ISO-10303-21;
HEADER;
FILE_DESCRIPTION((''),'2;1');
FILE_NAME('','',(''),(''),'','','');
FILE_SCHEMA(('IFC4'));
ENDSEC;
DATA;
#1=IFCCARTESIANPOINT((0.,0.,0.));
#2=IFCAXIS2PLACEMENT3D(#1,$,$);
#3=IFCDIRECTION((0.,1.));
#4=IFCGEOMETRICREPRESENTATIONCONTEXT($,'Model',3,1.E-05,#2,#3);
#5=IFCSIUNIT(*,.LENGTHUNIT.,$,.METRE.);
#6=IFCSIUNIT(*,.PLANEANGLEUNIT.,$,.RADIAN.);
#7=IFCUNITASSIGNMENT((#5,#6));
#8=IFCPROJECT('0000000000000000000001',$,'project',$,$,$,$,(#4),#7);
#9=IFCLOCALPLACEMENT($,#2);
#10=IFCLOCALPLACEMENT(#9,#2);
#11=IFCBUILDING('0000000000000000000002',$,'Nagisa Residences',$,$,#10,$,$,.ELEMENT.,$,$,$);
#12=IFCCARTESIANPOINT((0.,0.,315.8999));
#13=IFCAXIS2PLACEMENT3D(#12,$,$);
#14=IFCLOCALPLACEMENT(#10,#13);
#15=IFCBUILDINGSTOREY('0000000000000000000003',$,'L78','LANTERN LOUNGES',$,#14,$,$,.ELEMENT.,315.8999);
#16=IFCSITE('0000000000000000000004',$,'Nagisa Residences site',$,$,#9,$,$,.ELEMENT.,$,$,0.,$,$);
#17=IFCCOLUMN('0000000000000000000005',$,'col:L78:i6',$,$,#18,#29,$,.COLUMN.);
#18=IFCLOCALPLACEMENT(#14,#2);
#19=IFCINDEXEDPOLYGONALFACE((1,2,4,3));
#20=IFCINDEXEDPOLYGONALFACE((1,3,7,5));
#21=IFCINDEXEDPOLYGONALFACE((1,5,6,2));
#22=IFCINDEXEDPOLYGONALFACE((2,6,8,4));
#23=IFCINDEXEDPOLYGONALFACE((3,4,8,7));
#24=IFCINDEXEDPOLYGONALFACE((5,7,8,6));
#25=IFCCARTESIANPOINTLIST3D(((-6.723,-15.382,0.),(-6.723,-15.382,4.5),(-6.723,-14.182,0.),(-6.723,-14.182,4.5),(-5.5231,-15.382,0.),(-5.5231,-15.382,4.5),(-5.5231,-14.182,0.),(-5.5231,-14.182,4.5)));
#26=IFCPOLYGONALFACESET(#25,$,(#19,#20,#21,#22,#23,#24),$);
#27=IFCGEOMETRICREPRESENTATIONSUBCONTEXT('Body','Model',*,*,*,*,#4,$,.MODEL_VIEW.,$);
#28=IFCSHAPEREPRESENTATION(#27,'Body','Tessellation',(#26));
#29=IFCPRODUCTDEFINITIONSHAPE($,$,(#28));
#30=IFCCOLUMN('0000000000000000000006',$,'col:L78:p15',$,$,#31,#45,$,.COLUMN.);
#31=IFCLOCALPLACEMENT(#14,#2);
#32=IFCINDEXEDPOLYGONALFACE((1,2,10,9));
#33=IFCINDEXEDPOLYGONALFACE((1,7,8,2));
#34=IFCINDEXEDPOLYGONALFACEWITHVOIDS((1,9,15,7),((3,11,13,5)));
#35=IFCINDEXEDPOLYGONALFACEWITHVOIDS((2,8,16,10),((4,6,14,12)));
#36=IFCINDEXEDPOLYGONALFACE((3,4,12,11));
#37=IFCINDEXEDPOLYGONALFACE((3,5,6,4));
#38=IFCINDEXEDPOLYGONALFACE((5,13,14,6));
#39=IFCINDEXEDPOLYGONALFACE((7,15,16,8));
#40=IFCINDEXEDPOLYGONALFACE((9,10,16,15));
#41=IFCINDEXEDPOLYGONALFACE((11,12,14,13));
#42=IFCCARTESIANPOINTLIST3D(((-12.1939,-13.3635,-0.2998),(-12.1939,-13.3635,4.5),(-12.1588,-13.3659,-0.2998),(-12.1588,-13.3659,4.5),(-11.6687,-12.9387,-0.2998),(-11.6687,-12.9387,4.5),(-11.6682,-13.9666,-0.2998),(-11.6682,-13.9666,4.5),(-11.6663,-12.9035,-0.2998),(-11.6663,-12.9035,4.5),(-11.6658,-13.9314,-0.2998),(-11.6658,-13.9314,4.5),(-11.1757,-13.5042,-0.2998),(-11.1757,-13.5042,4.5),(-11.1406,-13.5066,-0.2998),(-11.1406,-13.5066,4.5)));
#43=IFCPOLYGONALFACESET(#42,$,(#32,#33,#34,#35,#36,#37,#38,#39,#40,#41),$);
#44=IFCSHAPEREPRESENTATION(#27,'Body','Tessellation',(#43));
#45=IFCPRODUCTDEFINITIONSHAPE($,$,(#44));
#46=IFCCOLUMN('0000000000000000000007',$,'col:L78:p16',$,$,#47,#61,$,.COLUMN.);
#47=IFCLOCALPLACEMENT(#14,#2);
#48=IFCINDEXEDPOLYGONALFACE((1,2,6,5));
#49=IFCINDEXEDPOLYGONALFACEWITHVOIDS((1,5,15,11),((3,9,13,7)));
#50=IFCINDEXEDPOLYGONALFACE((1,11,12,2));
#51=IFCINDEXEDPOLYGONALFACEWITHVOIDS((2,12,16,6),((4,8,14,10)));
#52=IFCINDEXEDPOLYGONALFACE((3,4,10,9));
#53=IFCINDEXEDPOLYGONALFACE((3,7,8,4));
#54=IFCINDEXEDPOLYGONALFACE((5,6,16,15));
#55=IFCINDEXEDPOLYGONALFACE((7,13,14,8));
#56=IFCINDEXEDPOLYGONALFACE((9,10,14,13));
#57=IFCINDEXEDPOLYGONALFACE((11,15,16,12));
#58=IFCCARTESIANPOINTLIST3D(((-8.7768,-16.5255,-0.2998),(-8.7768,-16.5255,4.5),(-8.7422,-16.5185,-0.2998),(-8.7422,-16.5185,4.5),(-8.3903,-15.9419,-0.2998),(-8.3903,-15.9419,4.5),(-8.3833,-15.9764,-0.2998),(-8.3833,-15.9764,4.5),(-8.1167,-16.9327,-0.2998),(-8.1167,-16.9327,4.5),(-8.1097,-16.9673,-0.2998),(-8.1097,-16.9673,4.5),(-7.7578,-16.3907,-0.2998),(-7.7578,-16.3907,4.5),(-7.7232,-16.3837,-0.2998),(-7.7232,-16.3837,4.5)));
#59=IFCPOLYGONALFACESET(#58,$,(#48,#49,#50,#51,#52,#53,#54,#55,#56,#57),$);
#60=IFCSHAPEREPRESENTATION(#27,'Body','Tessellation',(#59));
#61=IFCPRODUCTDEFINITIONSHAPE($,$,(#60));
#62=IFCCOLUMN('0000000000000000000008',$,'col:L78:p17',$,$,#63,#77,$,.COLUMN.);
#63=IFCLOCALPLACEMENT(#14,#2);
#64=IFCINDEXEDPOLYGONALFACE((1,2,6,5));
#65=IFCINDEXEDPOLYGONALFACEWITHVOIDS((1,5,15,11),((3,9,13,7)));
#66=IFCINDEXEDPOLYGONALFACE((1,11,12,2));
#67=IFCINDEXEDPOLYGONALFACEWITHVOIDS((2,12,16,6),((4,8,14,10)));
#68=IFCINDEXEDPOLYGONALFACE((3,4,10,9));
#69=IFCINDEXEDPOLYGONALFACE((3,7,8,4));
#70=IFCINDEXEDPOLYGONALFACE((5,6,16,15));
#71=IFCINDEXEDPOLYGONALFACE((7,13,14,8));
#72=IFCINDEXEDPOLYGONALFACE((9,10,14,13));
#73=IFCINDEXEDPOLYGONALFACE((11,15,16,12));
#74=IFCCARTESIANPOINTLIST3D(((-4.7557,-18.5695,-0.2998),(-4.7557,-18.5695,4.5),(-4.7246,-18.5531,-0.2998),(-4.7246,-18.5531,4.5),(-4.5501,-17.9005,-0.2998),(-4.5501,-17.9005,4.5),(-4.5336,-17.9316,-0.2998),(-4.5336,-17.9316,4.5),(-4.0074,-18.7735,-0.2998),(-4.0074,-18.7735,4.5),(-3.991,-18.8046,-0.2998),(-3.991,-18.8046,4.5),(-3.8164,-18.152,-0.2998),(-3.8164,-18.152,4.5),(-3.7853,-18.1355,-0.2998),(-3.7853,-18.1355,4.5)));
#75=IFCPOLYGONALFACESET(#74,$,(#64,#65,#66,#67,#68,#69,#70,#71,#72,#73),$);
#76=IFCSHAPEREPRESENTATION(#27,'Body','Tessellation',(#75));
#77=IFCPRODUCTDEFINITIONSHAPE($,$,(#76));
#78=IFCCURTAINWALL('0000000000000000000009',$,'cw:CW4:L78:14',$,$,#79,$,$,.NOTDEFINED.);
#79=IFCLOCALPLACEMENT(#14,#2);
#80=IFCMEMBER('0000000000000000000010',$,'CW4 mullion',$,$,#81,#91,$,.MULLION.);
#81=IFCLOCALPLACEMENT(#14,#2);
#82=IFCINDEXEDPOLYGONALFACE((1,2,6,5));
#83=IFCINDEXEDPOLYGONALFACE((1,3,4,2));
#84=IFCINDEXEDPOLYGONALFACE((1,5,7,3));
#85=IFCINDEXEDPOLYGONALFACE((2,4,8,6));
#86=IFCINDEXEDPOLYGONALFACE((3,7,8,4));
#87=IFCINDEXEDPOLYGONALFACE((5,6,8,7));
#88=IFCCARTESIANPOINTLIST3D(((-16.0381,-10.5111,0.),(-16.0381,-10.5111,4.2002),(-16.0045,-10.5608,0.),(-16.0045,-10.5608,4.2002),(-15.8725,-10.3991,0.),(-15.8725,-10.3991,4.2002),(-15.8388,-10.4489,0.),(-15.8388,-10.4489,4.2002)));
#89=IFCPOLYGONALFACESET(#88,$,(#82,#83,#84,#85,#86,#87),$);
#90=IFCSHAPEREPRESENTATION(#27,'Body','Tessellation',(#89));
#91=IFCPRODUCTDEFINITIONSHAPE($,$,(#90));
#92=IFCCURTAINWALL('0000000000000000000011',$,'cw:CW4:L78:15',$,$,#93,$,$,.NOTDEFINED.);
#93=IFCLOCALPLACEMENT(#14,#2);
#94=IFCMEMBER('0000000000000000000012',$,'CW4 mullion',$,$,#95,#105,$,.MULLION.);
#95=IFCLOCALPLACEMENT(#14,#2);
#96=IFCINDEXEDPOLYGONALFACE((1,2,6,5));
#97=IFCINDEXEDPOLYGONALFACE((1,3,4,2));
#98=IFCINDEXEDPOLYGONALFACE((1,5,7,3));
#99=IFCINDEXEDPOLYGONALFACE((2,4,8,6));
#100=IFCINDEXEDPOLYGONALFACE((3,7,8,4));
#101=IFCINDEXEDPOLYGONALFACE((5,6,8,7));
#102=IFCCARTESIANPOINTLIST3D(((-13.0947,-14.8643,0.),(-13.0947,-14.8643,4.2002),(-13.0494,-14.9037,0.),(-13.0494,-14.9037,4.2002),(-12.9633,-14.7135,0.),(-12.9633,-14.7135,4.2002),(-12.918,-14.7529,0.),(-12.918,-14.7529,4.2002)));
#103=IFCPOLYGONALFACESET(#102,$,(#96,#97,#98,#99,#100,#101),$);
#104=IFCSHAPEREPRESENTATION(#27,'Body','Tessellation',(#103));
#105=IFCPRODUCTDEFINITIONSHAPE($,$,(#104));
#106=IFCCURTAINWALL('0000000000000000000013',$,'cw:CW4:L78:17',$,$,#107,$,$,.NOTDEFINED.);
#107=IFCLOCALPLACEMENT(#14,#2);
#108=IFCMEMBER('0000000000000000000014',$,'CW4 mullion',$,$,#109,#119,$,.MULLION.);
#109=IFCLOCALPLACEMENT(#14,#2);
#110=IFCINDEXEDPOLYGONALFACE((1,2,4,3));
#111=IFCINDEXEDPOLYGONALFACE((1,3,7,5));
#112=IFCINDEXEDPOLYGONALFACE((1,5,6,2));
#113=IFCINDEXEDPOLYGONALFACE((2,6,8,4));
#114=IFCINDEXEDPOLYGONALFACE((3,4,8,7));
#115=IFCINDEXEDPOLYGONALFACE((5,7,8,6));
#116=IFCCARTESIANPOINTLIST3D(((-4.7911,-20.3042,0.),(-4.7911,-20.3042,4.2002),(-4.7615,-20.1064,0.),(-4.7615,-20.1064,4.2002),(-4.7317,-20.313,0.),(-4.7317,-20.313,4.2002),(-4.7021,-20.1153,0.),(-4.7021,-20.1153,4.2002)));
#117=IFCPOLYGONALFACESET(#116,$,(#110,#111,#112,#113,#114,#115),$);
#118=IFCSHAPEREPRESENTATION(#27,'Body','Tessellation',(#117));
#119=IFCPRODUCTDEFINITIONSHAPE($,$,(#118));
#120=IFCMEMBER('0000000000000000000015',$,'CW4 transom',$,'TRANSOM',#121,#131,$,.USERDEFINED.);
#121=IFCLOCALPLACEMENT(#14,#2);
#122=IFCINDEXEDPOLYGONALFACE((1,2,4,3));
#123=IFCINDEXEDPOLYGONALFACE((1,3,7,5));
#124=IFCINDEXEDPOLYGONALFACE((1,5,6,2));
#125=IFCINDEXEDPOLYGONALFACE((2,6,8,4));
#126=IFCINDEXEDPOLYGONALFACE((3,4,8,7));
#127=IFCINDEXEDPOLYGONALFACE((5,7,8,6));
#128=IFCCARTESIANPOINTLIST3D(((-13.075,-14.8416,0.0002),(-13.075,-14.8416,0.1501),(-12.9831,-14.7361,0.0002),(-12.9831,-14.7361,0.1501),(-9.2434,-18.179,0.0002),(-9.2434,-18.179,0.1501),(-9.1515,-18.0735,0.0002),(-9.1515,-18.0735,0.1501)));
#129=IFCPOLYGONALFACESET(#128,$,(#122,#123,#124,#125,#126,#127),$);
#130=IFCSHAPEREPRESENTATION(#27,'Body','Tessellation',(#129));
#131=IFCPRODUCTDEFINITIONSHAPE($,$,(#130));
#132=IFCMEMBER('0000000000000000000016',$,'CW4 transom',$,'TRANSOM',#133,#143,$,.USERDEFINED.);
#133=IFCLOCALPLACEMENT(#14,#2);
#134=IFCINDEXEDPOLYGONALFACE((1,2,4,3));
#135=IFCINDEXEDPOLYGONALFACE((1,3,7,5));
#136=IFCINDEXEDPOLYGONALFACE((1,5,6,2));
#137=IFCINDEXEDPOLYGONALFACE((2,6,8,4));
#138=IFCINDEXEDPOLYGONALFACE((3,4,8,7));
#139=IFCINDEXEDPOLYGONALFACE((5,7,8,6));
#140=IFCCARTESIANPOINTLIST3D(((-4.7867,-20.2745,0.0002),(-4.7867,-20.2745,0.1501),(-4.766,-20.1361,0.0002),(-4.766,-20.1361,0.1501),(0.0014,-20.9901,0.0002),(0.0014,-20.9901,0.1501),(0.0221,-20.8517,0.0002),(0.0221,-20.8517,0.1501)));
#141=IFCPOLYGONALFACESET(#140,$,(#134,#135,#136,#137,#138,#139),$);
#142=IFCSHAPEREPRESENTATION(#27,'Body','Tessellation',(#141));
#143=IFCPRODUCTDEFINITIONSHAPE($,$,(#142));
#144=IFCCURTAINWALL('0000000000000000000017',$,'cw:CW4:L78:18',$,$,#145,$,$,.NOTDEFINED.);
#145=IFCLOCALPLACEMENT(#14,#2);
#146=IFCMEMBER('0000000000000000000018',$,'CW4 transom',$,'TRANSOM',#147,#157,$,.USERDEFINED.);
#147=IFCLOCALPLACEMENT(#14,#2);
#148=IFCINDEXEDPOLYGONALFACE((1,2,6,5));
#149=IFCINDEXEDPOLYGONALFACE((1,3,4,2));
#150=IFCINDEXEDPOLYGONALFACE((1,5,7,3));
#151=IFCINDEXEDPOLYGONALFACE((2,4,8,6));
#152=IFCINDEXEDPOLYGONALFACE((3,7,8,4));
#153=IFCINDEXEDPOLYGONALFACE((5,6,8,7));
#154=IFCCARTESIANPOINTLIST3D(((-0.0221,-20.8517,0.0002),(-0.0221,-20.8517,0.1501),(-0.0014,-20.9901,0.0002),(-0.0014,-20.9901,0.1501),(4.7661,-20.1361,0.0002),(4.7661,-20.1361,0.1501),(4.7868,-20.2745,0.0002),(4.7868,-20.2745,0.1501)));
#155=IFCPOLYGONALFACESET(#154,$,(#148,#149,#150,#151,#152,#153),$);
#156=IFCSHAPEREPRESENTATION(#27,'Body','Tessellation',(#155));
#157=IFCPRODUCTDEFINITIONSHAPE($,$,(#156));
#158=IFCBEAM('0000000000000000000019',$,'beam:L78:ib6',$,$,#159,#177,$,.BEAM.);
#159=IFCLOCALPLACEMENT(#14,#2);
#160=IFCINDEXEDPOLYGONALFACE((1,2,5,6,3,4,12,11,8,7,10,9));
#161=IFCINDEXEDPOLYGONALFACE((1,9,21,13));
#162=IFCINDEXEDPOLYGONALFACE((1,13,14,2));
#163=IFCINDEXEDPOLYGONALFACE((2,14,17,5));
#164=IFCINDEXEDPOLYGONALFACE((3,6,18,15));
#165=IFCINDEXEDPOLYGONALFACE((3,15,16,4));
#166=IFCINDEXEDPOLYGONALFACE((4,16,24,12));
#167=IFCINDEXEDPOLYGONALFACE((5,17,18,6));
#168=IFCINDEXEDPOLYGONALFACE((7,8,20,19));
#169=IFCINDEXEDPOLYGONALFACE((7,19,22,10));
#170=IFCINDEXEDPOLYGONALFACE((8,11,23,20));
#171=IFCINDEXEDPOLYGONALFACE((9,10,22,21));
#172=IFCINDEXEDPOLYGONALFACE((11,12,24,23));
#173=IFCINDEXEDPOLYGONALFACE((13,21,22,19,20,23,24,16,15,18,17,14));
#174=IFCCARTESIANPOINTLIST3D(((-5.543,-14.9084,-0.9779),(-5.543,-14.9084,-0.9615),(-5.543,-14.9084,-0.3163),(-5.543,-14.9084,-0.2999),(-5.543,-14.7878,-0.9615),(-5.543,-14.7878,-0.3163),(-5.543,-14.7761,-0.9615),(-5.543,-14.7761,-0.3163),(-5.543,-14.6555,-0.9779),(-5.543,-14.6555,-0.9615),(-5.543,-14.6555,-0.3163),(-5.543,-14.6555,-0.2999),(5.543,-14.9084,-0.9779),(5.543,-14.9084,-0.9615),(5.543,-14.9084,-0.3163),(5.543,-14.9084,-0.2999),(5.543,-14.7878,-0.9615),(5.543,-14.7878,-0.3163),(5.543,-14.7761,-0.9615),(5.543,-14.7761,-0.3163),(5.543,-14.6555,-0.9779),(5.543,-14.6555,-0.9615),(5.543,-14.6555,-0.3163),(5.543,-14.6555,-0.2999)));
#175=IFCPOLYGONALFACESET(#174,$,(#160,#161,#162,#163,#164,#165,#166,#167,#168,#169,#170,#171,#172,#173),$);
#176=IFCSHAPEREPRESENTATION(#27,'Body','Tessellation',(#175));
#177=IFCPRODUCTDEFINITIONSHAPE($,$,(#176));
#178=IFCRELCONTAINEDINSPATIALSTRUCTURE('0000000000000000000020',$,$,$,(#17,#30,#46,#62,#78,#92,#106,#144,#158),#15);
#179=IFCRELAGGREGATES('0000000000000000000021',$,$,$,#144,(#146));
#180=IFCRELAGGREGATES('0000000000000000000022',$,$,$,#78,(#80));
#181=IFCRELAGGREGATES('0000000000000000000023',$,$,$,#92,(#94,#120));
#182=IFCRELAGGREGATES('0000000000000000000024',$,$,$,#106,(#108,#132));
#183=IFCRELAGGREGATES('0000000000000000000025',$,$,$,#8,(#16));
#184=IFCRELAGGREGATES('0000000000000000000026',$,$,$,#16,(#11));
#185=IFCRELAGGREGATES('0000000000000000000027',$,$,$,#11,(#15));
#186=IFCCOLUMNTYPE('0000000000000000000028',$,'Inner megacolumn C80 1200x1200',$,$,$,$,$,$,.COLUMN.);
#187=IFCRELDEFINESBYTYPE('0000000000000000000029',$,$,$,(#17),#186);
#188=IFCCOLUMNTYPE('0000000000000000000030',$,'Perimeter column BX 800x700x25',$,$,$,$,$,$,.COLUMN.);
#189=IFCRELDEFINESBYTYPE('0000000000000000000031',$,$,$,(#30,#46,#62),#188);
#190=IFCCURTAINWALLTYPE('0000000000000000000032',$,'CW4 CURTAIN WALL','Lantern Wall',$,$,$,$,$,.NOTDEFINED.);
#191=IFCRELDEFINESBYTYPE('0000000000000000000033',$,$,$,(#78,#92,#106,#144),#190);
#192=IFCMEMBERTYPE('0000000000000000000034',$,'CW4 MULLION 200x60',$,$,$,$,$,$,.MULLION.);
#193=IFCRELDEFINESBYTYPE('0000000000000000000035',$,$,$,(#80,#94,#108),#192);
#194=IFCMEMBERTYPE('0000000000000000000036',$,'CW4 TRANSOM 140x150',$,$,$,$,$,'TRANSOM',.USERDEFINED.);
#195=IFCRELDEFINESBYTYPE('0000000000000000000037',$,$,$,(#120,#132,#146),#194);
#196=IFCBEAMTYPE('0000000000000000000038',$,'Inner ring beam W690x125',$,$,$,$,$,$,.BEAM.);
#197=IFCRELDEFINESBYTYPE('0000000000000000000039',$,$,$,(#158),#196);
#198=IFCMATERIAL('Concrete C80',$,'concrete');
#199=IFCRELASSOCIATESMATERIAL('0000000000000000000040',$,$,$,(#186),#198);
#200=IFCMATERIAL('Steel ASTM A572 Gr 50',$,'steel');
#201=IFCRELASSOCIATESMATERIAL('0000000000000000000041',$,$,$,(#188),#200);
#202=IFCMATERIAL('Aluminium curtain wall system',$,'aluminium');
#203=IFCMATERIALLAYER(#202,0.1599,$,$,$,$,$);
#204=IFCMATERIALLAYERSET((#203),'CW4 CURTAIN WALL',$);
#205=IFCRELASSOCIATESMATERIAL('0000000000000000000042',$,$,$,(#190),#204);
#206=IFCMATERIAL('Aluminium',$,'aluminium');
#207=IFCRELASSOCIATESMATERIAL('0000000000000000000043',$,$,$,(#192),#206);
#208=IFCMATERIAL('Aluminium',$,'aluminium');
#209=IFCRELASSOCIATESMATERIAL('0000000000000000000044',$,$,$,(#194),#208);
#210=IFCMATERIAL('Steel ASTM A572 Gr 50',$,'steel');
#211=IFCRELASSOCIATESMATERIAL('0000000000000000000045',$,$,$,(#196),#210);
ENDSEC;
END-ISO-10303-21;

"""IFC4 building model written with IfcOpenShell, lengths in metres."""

from ifc_helpers import new_model, si_unit, direction, frame, origin, origin_2d, place, context, subcontext, project, spatial, rectangle, hollow_rectangle, i_section, extrude, material, layer, layer_set, material_profile, profile_set, type_object, element, aggregate, save


model = new_model("IFC4")

# Units and contexts
model_context = context("Model", 3, precision=1e-05, world=origin(), true_north=direction((0.0, 1.0)))
body_context = subcontext(model_context, "Body", "Model", "MODEL_VIEW")
ifc_project = project(units=[si_unit("LENGTHUNIT", "METRE"), si_unit("PLANEANGLEUNIT", "RADIAN")], contexts=[model_context])

# Site, building, storey
site_placement = place(None, origin())
site = spatial("IfcSite", under=ifc_project, at=site_placement, Name="Nagisa Residences site", CompositionType="ELEMENT", RefElevation=0.0)
building_placement = place(site_placement, origin())
building = spatial("IfcBuilding", under=site, at=building_placement, Name="Nagisa Residences", CompositionType="ELEMENT")
storey_placement = place(building_placement, frame((0.0, 0.0, 315.8999)))
storey = spatial("IfcBuildingStorey", under=building, at=storey_placement, Name="L78", Description="LANTERN LOUNGES", CompositionType="ELEMENT", Elevation=315.8999)

# Columns
ifc_material_1 = material(Name="Concrete C80", Category="concrete")
ifc_material_profile_1 = material_profile(ifc_material_1, rectangle(XDim=1.2, YDim=1.2, at=origin_2d()), Name="C80 1200x1200")
ifc_profile_set_1 = profile_set([ifc_material_profile_1], Name="Concrete C80")
column_type_1 = type_object("IfcColumnType", Name="Inner megacolumn C80 1200x1200", PredefinedType="COLUMN", material=ifc_profile_set_1)
column_placement = place(storey_placement, frame((-6.123, -14.782, 0.0), z_axis=(0.0, 0.0, 1.0), x_axis=(1.0, 0.0, 0.0)))
element("IfcColumn", 1, at=column_placement, inside=storey, type_object=column_type_1, Name="col:L78:i6", PredefinedType="COLUMN", context=body_context, shape_type="SweptSolid", body=[
    extrude(rectangle(XDim=1.2, YDim=1.2, at=origin_2d()), origin(), (0.0, 0.0, 1.0), 4.5),
])
ifc_material_2 = material(Name="Steel ASTM A572 Gr 50", Category="steel")
ifc_material_profile_2 = material_profile(ifc_material_2, hollow_rectangle(XDim=0.8, YDim=0.7, WallThickness=0.0249, at=origin_2d()), Name="BX 800x700x25")
ifc_profile_set_2 = profile_set([ifc_material_profile_2], Name="Steel ASTM A572 Gr 50")
column_type_2 = type_object("IfcColumnType", Name="Perimeter column BX 800x700x25", PredefinedType="COLUMN", material=ifc_profile_set_2)
for number, where, z_axis, x_axis, name in (
    (2, (-11.6672, -13.4351, -0.2998), (0.0, 0.0, 1.0), (0.657135, -0.753773, 0.0), "col:L78:p15"),
    (3, (-8.25, -16.4546, -0.2998), (0.0, 0.0, 1.0), (0.833744, -0.552151, 0.0), "col:L78:p16"),
    (4, (-4.2705, -18.3525, -0.2998), (0.0, 0.0, 1.0), (0.95587, -0.29379, 0.0), "col:L78:p17"),
):
    element("IfcColumn", number, at=place(storey_placement, frame(where, z_axis=z_axis, x_axis=x_axis)), inside=storey, type_object=column_type_2, Name=name, PredefinedType="COLUMN", context=body_context, shape_type="SweptSolid", body=[
        extrude(hollow_rectangle(XDim=0.8, YDim=0.7, WallThickness=0.0249, at=origin_2d()), origin(), (0.0, 0.0, 1.0), 4.7998),
    ])

# Curtain walls, members
ifc_material_3 = material(Name="Aluminium curtain wall system", Category="aluminium")
ifc_layer_1 = layer(ifc_material_3, 0.1599)
ifc_layer_set_1 = layer_set([ifc_layer_1], Name="CW4 CURTAIN WALL")
curtain_wall_type = type_object("IfcCurtainWallType", Name="CW4 CURTAIN WALL", Description="Lantern Wall", PredefinedType="NOTDEFINED", material=ifc_layer_set_1)
curtain_wall_1_placement = place(storey_placement, origin())
curtain_wall_1 = element("IfcCurtainWall", 5, at=curtain_wall_1_placement, inside=storey, type_object=curtain_wall_type, Name="cw:CW4:L78:14", PredefinedType="NOTDEFINED")
ifc_material_4 = material(Name="Aluminium", Category="aluminium")
ifc_material_profile_3 = material_profile(ifc_material_4, rectangle(XDim=0.2, YDim=0.0601, at=origin_2d()), Name="CW4 MULLION 200x60")
ifc_profile_set_3 = profile_set([ifc_material_profile_3], Name="Aluminium")
member_type_1 = type_object("IfcMemberType", Name="CW4 MULLION 200x60", PredefinedType="MULLION", material=ifc_profile_set_3)
member_1_placement = place(storey_placement, frame((-15.9385, -10.48, 0.0), z_axis=(0.0, 0.0, 1.0), x_axis=(0.828473, 0.56003, 0.0)))
member_1 = element("IfcMember", 6, at=member_1_placement, type_object=member_type_1, Name="CW4 mullion", PredefinedType="MULLION", context=body_context, shape_type="SweptSolid", body=[
    extrude(rectangle(XDim=0.2, YDim=0.0601, at=origin_2d()), origin(), (0.0, 0.0, 1.0), 4.2002),
])
curtain_wall_2_placement = place(storey_placement, origin())
curtain_wall_2 = element("IfcCurtainWall", 7, at=curtain_wall_2_placement, inside=storey, type_object=curtain_wall_type, Name="cw:CW4:L78:15", PredefinedType="NOTDEFINED")
member_2_placement = place(storey_placement, frame((-13.0063, -14.8086, 0.0), z_axis=(0.0, 0.0, 1.0), x_axis=(0.656803, 0.754062, 0.0)))
member_2 = element("IfcMember", 8, at=member_2_placement, type_object=member_type_1, Name="CW4 mullion", PredefinedType="MULLION", context=body_context, shape_type="SweptSolid", body=[
    extrude(rectangle(XDim=0.2, YDim=0.0601, at=origin_2d()), origin(), (0.0, 0.0, 1.0), 4.2002),
])
curtain_wall_3_placement = place(storey_placement, origin())
curtain_wall_3 = element("IfcCurtainWall", 9, at=curtain_wall_3_placement, inside=storey, type_object=curtain_wall_type, Name="cw:CW4:L78:17", PredefinedType="NOTDEFINED")
member_3_placement = place(storey_placement, frame((-4.7466, -20.2097, 0.0), z_axis=(0.0, 0.0, 1.0), x_axis=(0.147802, 0.989017, 0.0)))
member_3 = element("IfcMember", 10, at=member_3_placement, type_object=member_type_1, Name="CW4 mullion", PredefinedType="MULLION", context=body_context, shape_type="SweptSolid", body=[
    extrude(rectangle(XDim=0.2, YDim=0.0601, at=origin_2d()), origin(), (0.0, 0.0, 1.0), 4.2002),
])

# Members
ifc_material_5 = material(Name="Aluminium", Category="aluminium")
ifc_material_profile_4 = material_profile(ifc_material_5, rectangle(XDim=0.1399, YDim=0.1499, at=origin_2d()), Name="CW4 TRANSOM 140x150")
ifc_profile_set_4 = profile_set([ifc_material_profile_4], Name="Aluminium")
member_type_2 = type_object("IfcMemberType", Name="CW4 TRANSOM 140x150", ElementType="TRANSOM", PredefinedType="USERDEFINED", material=ifc_profile_set_4)
member_4_placement = place(storey_placement, frame((-13.0291, -14.7888, 0.0752), z_axis=(0.754057, -0.656809, 0.0), x_axis=(0.656809, 0.754057, 0.0)))
member_4 = element("IfcMember", 11, at=member_4_placement, type_object=member_type_2, Name="CW4 transom", ObjectType="TRANSOM", PredefinedType="USERDEFINED", context=body_context, shape_type="SweptSolid", body=[
    extrude(rectangle(XDim=0.1399, YDim=0.1499, at=origin_2d()), origin(), (0.0, 0.0, 1.0), 5.0813),
])
member_5_placement = place(storey_placement, frame((-4.7764, -20.2053, 0.0752), z_axis=(0.989016, -0.147808, 0.0), x_axis=(0.147808, 0.989016, 0.0)))
member_5 = element("IfcMember", 12, at=member_5_placement, type_object=member_type_2, Name="CW4 transom", ObjectType="TRANSOM", PredefinedType="USERDEFINED", context=body_context, shape_type="SweptSolid", body=[
    extrude(rectangle(XDim=0.1399, YDim=0.1499, at=origin_2d()), origin(), (0.0, 0.0, 1.0), 4.8413),
])

# Curtain wall, member
curtain_wall_4_placement = place(storey_placement, origin())
curtain_wall_4 = element("IfcCurtainWall", 13, at=curtain_wall_4_placement, inside=storey, type_object=curtain_wall_type, Name="cw:CW4:L78:18", PredefinedType="NOTDEFINED")
member_6_placement = place(storey_placement, frame((-0.0117, -20.9209, 0.0752), z_axis=(0.989016, 0.147808, 0.0), x_axis=(-0.147808, 0.989016, 0.0)))
member_6 = element("IfcMember", 14, at=member_6_placement, type_object=member_type_2, Name="CW4 transom", ObjectType="TRANSOM", PredefinedType="USERDEFINED", context=body_context, shape_type="SweptSolid", body=[
    extrude(rectangle(XDim=0.1399, YDim=0.1499, at=origin_2d()), origin(), (0.0, 0.0, 1.0), 4.8413),
])
aggregate(curtain_wall_4, [member_6])

# Beam
ifc_material_6 = material(Name="Steel ASTM A572 Gr 50", Category="steel")
ifc_material_profile_5 = material_profile(ifc_material_6, i_section(OverallWidth=0.2529, OverallDepth=0.678, WebThickness=0.0117, FlangeThickness=0.0164, at=origin_2d()), Name="W690x125")
ifc_profile_set_5 = profile_set([ifc_material_profile_5], Name="Steel ASTM A572 Gr 50")
beam_type_1 = type_object("IfcBeamType", Name="Inner ring beam W690x125", PredefinedType="BEAM", material=ifc_profile_set_5)
beam_1_placement = place(storey_placement, frame((-5.543, -14.782, -0.6389), z_axis=(1.0, 0.0, 0.0), x_axis=(0.0, 1.0, 0.0)))
element("IfcBeam", 15, at=beam_1_placement, inside=storey, type_object=beam_type_1, Name="beam:L78:ib6", PredefinedType="BEAM", context=body_context, shape_type="SweptSolid", body=[
    extrude(i_section(OverallWidth=0.2529, OverallDepth=0.678, WebThickness=0.0117, FlangeThickness=0.0164, at=origin_2d()), origin(), (0.0, 0.0, 1.0), 11.0859),
])

aggregate(curtain_wall_1, [member_1])
aggregate(curtain_wall_2, [member_2, member_4])
aggregate(curtain_wall_3, [member_3, member_5])

save(model, "model.ifc")
